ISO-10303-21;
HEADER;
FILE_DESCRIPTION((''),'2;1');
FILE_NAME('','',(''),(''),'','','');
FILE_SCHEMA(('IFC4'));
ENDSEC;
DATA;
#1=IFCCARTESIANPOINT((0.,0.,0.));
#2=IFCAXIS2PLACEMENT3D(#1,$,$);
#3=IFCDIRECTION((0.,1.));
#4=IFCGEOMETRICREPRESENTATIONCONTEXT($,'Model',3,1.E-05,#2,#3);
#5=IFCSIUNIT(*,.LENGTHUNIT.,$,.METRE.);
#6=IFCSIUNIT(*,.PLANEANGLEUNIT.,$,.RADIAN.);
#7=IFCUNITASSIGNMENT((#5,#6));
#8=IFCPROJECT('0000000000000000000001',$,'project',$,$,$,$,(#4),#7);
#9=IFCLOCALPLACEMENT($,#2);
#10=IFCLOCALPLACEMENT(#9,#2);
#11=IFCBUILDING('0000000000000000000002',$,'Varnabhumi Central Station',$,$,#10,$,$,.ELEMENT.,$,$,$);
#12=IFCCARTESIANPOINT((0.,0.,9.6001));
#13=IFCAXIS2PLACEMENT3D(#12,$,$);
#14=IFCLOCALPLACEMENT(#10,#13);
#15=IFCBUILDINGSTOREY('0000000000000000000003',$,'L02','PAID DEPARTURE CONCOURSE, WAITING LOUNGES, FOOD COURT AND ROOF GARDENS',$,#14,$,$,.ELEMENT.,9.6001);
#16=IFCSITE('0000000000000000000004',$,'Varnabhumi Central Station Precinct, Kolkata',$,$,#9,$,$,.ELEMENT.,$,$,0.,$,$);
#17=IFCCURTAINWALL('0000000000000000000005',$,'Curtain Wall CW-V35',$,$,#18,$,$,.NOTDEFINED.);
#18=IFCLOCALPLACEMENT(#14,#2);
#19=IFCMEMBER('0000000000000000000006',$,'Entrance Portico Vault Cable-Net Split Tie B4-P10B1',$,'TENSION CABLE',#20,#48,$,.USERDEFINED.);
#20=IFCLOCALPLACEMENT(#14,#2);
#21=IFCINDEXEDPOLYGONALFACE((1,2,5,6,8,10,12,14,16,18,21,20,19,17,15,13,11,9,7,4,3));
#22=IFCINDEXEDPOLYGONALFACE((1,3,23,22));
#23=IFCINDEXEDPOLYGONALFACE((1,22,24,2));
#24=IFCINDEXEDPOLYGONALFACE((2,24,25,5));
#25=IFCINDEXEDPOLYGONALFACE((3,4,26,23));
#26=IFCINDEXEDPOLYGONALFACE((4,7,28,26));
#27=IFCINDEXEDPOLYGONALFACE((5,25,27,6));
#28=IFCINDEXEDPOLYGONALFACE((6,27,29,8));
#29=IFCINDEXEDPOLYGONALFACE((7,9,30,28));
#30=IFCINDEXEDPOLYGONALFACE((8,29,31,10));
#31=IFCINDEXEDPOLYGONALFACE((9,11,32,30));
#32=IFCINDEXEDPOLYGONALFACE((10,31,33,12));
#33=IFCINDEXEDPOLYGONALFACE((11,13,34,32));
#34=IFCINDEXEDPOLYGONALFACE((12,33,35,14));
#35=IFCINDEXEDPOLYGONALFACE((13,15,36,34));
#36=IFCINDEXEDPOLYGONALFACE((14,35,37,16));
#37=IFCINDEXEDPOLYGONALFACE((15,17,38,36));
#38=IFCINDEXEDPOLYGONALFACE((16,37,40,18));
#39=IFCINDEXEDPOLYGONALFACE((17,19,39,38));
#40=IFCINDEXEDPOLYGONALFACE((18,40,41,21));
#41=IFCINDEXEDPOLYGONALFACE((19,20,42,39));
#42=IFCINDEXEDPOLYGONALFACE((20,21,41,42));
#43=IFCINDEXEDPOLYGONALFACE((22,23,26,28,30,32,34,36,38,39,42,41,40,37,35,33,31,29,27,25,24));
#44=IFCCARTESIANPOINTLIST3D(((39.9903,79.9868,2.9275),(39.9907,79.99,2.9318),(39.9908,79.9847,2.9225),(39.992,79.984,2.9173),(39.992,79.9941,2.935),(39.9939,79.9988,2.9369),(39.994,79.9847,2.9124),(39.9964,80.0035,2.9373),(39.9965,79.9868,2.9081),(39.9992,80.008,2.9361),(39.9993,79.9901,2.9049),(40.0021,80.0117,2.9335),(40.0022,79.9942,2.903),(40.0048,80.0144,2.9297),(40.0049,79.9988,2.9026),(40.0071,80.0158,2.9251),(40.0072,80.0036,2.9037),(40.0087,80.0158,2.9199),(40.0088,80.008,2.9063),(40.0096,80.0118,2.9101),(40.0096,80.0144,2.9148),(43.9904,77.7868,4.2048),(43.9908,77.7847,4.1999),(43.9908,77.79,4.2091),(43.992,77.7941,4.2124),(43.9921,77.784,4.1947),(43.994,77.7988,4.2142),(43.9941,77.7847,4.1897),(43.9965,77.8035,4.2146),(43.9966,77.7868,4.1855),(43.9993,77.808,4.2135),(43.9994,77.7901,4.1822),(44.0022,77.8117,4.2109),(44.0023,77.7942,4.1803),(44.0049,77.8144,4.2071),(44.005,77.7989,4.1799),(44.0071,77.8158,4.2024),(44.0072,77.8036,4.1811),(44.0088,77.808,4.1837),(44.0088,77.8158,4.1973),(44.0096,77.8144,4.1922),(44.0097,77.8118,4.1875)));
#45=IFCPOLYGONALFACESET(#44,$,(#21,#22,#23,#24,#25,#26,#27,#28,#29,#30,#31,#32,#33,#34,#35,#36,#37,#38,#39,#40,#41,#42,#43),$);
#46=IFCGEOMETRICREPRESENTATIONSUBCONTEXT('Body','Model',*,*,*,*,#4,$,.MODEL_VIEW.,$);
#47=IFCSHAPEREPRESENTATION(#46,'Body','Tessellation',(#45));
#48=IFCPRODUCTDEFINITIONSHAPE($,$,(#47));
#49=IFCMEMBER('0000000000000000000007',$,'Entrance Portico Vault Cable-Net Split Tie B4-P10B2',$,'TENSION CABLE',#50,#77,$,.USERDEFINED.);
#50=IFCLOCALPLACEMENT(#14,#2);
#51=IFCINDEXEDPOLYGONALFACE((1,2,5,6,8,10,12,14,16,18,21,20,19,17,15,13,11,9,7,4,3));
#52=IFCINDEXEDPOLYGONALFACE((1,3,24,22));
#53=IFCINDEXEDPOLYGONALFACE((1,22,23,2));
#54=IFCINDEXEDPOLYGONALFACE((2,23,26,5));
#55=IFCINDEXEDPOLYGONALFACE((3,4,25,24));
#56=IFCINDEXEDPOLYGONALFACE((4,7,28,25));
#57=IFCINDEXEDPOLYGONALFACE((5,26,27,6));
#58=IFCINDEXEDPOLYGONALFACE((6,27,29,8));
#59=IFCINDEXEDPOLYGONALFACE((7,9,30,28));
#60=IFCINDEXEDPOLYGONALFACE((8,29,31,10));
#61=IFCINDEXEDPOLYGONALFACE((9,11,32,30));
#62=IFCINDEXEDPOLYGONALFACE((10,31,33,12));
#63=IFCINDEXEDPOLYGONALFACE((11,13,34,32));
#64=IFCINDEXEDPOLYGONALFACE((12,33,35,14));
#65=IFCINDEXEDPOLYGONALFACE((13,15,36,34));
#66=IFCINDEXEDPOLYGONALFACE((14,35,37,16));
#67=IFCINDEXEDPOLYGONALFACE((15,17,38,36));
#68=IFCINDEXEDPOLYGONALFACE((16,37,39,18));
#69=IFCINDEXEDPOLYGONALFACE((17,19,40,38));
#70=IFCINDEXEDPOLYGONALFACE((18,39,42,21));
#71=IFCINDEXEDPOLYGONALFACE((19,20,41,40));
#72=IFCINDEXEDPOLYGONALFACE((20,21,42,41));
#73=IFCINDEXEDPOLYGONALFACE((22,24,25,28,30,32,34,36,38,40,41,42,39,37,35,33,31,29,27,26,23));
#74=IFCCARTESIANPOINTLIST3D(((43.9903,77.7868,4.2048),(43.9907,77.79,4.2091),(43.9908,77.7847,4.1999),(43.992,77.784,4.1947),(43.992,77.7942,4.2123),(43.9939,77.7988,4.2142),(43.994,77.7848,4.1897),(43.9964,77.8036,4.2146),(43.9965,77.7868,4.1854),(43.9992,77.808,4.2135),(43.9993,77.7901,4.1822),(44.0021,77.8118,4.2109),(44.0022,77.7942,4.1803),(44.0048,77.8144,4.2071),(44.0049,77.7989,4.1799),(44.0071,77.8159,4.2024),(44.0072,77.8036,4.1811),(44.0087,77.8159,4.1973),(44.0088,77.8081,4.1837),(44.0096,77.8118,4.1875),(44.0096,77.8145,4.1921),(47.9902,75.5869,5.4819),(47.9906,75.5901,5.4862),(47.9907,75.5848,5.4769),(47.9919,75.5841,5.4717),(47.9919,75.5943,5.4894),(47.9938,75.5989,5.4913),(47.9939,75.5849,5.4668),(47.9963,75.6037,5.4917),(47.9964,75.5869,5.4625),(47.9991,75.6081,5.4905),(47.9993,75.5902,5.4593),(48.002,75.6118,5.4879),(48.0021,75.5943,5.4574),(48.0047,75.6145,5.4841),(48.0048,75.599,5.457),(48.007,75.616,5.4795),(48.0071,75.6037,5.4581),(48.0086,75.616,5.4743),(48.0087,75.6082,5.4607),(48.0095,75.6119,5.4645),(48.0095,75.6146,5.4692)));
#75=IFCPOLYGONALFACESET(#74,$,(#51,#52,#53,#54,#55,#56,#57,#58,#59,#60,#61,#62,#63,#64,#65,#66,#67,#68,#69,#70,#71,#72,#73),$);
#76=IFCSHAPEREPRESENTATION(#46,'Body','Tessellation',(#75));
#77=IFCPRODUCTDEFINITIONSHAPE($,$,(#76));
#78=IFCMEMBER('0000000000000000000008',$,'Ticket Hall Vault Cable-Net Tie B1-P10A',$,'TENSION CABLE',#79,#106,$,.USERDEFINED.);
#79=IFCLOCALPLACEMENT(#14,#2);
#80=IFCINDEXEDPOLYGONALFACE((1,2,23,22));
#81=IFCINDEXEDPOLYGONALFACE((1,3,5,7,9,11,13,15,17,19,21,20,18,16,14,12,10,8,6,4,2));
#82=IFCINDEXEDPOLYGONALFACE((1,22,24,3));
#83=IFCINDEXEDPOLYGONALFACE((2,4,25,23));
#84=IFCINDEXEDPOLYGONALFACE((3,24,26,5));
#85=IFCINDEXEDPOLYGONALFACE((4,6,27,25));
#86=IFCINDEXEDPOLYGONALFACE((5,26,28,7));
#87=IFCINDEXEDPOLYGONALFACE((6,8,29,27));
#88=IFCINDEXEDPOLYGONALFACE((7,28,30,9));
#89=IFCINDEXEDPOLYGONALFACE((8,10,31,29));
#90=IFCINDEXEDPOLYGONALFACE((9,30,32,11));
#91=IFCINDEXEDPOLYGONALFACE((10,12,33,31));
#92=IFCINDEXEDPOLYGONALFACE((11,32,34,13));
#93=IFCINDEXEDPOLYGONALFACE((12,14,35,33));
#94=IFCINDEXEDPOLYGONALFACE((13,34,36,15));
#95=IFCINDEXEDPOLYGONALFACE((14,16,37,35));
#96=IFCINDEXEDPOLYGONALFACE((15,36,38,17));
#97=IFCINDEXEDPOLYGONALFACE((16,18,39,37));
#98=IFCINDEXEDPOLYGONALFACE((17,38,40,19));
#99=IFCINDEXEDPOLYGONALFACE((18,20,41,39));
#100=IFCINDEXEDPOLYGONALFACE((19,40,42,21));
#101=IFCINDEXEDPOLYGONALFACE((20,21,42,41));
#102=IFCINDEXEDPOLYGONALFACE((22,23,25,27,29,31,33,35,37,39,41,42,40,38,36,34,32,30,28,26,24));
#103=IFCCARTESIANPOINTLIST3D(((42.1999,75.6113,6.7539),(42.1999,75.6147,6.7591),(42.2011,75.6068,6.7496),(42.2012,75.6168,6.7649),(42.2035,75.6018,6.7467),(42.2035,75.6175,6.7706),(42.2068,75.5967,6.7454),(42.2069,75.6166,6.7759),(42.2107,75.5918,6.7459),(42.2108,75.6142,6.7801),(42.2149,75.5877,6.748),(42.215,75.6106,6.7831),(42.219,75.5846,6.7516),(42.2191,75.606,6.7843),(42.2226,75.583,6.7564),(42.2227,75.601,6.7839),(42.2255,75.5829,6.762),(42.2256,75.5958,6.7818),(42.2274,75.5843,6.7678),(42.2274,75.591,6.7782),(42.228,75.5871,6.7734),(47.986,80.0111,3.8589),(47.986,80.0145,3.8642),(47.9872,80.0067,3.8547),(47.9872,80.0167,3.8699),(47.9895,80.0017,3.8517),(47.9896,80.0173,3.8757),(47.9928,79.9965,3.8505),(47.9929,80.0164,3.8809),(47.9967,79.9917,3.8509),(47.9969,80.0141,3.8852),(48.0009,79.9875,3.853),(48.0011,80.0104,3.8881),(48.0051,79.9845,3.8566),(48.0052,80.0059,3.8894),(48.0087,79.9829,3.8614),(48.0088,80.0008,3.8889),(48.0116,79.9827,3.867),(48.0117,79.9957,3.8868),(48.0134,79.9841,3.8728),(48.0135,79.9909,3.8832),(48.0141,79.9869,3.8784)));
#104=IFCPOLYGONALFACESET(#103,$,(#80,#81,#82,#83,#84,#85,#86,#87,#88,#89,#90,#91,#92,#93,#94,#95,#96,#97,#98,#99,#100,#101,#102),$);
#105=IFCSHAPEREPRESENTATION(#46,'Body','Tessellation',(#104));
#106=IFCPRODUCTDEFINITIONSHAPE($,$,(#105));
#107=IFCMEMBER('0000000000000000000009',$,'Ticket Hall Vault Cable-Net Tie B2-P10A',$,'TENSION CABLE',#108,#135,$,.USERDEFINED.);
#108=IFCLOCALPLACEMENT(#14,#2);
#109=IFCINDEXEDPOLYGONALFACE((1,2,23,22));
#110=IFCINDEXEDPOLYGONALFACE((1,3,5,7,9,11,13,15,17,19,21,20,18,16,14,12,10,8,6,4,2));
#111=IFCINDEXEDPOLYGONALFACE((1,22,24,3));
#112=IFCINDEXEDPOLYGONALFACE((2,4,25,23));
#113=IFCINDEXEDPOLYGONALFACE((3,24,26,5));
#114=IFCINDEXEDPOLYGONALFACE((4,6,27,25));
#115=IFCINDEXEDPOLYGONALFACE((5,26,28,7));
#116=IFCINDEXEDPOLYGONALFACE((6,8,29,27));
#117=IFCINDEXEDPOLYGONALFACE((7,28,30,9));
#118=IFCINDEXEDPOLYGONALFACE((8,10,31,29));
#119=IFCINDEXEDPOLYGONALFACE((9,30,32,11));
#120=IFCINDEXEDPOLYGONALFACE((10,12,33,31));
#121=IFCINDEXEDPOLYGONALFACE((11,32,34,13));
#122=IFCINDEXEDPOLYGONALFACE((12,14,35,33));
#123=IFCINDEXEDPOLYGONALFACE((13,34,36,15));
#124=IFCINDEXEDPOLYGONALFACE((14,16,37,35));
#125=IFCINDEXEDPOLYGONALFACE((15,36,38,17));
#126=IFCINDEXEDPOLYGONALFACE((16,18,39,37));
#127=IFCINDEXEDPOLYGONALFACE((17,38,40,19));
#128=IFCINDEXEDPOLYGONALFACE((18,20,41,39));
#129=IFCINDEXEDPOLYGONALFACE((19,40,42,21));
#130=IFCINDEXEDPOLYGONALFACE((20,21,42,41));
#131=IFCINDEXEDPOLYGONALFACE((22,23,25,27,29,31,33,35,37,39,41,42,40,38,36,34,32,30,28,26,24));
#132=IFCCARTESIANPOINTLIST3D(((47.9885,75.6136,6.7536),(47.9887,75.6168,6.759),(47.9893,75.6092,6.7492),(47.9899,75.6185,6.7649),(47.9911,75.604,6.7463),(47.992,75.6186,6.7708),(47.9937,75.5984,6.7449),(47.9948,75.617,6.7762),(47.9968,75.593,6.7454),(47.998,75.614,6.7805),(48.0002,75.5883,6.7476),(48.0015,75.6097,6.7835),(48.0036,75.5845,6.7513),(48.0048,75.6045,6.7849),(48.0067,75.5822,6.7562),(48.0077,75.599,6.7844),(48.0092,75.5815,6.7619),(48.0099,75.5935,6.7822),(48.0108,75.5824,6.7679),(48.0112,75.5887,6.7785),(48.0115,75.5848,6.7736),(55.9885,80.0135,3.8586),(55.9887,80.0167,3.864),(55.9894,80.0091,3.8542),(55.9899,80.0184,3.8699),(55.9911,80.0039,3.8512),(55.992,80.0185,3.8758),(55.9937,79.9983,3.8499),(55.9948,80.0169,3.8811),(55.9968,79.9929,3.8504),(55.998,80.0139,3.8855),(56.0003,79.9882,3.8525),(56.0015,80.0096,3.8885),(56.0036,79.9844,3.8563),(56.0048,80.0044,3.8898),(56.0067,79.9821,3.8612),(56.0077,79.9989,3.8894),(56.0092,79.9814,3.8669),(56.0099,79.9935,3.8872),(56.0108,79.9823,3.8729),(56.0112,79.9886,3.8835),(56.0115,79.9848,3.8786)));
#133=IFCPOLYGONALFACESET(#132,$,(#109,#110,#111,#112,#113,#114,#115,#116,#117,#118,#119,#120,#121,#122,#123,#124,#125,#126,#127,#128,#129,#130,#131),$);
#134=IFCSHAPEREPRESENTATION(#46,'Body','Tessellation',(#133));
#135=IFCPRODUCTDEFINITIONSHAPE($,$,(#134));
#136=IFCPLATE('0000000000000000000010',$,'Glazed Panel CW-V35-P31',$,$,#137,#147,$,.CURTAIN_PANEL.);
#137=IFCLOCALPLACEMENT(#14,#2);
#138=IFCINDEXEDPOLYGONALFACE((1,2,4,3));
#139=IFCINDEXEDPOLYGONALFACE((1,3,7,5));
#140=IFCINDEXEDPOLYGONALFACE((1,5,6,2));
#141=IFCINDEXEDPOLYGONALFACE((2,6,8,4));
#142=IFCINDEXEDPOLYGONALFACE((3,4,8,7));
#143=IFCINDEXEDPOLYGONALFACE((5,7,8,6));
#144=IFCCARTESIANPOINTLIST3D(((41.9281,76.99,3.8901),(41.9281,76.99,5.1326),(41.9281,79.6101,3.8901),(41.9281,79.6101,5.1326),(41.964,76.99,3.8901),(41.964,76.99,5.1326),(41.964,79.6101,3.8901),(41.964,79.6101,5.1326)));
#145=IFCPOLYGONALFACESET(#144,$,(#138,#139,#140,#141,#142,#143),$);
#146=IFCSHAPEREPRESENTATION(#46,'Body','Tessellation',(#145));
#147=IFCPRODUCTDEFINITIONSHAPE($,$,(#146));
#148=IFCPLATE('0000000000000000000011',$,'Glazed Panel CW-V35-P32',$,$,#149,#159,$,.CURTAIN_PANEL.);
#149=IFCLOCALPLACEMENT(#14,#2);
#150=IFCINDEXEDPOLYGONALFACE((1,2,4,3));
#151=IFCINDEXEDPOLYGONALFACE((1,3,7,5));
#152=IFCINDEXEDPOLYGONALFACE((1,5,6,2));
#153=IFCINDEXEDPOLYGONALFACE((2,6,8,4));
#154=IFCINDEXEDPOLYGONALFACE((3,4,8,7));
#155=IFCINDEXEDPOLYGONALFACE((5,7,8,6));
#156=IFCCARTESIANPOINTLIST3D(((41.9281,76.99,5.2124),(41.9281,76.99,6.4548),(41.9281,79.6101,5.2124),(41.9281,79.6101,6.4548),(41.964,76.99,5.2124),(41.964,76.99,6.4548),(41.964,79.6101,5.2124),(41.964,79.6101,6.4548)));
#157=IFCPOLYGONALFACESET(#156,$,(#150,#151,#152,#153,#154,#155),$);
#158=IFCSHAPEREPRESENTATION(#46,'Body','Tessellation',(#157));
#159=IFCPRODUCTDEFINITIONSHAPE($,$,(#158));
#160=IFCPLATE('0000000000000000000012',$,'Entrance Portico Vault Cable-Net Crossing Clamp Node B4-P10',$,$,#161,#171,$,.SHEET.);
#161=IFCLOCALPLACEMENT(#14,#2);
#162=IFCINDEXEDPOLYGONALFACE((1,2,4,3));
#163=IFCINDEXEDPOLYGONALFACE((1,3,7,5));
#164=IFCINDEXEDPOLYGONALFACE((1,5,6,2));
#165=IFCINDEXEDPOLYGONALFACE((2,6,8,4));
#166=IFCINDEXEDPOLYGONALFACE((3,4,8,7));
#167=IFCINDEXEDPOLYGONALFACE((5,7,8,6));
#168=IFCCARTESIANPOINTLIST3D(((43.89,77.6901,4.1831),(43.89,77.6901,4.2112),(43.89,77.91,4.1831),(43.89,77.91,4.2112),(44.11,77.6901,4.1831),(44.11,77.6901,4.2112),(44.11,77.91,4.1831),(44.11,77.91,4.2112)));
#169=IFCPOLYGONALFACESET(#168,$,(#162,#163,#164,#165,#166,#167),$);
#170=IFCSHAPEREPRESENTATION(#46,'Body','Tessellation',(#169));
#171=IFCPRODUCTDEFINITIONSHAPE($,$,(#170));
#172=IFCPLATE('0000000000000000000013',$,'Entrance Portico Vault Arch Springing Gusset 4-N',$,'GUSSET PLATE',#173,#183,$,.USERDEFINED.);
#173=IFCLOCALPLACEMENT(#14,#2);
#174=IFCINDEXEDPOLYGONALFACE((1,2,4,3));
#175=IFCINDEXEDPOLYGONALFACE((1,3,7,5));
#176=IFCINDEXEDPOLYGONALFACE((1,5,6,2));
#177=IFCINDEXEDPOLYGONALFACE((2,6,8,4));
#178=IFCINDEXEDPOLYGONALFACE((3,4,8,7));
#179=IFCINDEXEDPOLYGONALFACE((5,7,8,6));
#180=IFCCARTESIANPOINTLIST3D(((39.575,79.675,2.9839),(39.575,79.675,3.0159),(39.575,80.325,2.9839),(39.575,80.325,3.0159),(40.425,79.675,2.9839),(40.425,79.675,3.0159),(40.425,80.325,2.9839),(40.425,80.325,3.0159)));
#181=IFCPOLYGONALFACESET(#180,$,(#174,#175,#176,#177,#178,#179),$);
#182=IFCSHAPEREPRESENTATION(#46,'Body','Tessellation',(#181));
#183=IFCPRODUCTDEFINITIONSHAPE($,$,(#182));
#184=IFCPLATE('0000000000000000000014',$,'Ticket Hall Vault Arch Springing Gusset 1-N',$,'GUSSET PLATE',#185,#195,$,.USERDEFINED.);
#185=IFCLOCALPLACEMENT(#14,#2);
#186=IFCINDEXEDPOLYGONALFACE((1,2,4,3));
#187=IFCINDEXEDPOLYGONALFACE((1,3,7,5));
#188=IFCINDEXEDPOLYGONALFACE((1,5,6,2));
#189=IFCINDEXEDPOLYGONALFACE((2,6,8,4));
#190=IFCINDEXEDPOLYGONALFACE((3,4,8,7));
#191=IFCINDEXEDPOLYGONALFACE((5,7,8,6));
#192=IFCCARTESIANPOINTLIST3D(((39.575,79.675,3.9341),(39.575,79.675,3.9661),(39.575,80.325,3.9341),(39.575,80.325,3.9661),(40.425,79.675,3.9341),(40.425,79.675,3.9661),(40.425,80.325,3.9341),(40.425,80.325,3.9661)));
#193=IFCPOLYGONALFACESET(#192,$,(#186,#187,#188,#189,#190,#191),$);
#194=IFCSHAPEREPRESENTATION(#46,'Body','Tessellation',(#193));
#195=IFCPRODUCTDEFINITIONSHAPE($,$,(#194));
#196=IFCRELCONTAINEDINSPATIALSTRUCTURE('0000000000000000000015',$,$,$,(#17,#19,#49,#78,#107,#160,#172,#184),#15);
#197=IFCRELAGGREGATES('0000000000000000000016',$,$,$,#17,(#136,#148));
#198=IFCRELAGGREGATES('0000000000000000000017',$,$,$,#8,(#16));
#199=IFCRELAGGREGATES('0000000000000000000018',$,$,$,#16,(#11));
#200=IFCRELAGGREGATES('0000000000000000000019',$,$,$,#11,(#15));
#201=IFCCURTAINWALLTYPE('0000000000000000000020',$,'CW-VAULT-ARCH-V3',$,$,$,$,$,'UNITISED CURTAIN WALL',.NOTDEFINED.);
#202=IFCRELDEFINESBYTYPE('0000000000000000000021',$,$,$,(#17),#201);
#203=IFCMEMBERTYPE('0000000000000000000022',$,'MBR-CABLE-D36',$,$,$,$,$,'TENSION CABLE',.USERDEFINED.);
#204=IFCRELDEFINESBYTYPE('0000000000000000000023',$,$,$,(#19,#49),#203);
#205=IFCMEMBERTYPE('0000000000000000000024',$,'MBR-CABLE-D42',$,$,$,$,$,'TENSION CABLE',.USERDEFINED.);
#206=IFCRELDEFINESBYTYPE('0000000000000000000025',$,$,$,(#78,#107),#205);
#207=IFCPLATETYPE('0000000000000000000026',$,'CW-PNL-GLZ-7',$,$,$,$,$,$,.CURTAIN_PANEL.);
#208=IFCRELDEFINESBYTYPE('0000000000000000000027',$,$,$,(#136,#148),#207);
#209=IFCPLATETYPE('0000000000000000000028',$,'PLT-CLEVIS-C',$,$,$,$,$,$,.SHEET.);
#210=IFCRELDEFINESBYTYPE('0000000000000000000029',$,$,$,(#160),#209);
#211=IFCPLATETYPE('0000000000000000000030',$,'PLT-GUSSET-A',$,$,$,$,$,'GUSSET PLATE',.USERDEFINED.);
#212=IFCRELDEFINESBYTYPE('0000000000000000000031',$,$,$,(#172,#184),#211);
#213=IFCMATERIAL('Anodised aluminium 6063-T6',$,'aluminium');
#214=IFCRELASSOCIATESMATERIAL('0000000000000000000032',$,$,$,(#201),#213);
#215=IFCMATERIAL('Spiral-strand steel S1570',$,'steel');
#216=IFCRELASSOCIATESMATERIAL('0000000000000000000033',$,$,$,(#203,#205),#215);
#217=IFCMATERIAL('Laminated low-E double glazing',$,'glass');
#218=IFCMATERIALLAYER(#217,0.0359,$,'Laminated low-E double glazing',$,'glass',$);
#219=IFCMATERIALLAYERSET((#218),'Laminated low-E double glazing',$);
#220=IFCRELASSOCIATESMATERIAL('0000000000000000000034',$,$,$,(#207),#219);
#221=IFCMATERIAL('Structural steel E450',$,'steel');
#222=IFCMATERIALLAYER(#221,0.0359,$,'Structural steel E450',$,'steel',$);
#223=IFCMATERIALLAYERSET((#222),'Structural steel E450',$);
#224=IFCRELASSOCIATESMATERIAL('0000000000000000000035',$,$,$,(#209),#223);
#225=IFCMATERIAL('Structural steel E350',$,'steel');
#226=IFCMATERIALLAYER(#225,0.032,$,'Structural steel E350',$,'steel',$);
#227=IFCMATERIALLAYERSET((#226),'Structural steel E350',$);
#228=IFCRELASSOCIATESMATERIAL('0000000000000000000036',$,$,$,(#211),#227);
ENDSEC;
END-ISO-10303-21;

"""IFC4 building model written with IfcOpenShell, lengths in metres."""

from ifc_helpers import new_model, si_unit, direction, frame, origin, origin_2d, place, context, subcontext, project, spatial, rectangle, circle, extrude, material, layer, layer_set, material_profile, profile_set, type_object, element, aggregate, save


model = new_model("IFC4")

# Units and contexts
model_context = context("Model", 3, precision=1e-05, world=origin(), true_north=direction((0.0, 1.0)))
body_context = subcontext(model_context, "Body", "Model", "MODEL_VIEW")
ifc_project = project(units=[si_unit("LENGTHUNIT", "METRE"), si_unit("PLANEANGLEUNIT", "RADIAN")], contexts=[model_context])

# Site, building, storey
site_placement = place(None, origin())
site = spatial("IfcSite", under=ifc_project, at=site_placement, Name="Varnabhumi Central Station Precinct, Kolkata", CompositionType="ELEMENT", RefElevation=0.0)
building_placement = place(site_placement, origin())
building = spatial("IfcBuilding", under=site, at=building_placement, Name="Varnabhumi Central Station", CompositionType="ELEMENT")
storey_placement = place(building_placement, frame((0.0, 0.0, 9.6001)))
storey = spatial("IfcBuildingStorey", under=building, at=storey_placement, Name="L02", Description="PAID DEPARTURE CONCOURSE, WAITING LOUNGES, FOOD COURT AND ROOF GARDENS", CompositionType="ELEMENT", Elevation=9.6001)

# Shared definitions
ifc_material_1 = material(Name="Structural steel E350", Category="steel")
ifc_material_2 = material(Name="Structural steel E450", Category="steel")

# Shared definitions
ifc_material_3 = material(Name="Anodised aluminium 6063-T6", Category="aluminium")

# Curtain wall
curtain_wall_type_1 = type_object("IfcCurtainWallType", Name="CW-VAULT-ARCH-V3", ElementType="UNITISED CURTAIN WALL", PredefinedType="NOTDEFINED", material=ifc_material_3)
curtain_wall_1_placement = place(storey_placement, origin())
curtain_wall_1 = element("IfcCurtainWall", 1, at=curtain_wall_1_placement, inside=storey, type_object=curtain_wall_type_1, Name="Curtain Wall CW-V35", PredefinedType="NOTDEFINED")

# Members
ifc_material_4 = material(Name="Spiral-strand steel S1570", Category="steel")
ifc_material_profile_1 = material_profile(ifc_material_4, circle(Radius=0.0181, at=origin_2d()), Name="Spiral-strand steel S1570", Category="steel")
ifc_profile_set_1 = profile_set([ifc_material_profile_1], Name="Spiral-strand steel S1570")
member_type_1 = type_object("IfcMemberType", Name="MBR-CABLE-D36", ElementType="TENSION CABLE", PredefinedType="USERDEFINED", material=ifc_profile_set_1)
member_1_placement = place(storey_placement, frame((40.0, 80.0, 2.9199), z_axis=(0.843811, -0.464086, 0.269459), x_axis=(0.481911, 0.87622, 0.0)))
element("IfcMember", 2, at=member_1_placement, inside=storey, type_object=member_type_1, Name="Entrance Portico Vault Cable-Net Split Tie B4-P10B1", ObjectType="TENSION CABLE", PredefinedType="USERDEFINED", context=body_context, shape_type="SweptSolid", body=[
    extrude(circle(Radius=0.0181, at=origin_2d()), origin(), (0.0, 0.0, 1.0), 4.7405),
])
member_2_placement = place(storey_placement, frame((44.0, 77.8, 4.1973), z_axis=(0.843822, -0.464092, 0.269411), x_axis=(0.481911, 0.87622, 0.0)))
element("IfcMember", 3, at=member_2_placement, inside=storey, type_object=member_type_1, Name="Entrance Portico Vault Cable-Net Split Tie B4-P10B2", ObjectType="TENSION CABLE", PredefinedType="USERDEFINED", context=body_context, shape_type="SweptSolid", body=[
    extrude(circle(Radius=0.0181, at=origin_2d()), origin(), (0.0, 0.0, 1.0), 4.7402),
])
ifc_material_profile_2 = material_profile(ifc_material_4, circle(Radius=0.021, at=origin_2d()), Name="Spiral-strand steel S1570", Category="steel")
ifc_profile_set_2 = profile_set([ifc_material_profile_2], Name="Spiral-strand steel S1570")
member_type_2 = type_object("IfcMemberType", Name="MBR-CABLE-D42", ElementType="TENSION CABLE", PredefinedType="USERDEFINED", material=ifc_profile_set_2)
member_3_placement = place(storey_placement, frame((42.2139, 75.6001, 6.7649), z_axis=(0.739508, 0.562338, -0.370004), x_axis=(-0.605296, 0.796, 0.0)))
element("IfcMember", 4, at=member_3_placement, inside=storey, type_object=member_type_2, Name="Ticket Hall Vault Cable-Net Tie B1-P10A", ObjectType="TENSION CABLE", PredefinedType="USERDEFINED", context=body_context, shape_type="SweptSolid", body=[
    extrude(circle(Radius=0.021, at=origin_2d()), origin(), (0.0, 0.0, 1.0), 7.8242),
])
member_4_placement = place(storey_placement, frame((48.0, 75.6001, 6.7649), z_axis=(0.835237, 0.45937, -0.302254), x_axis=(-0.481911, 0.87622, 0.0)))
element("IfcMember", 5, at=member_4_placement, inside=storey, type_object=member_type_2, Name="Ticket Hall Vault Cable-Net Tie B2-P10A", ObjectType="TENSION CABLE", PredefinedType="USERDEFINED", context=body_context, shape_type="SweptSolid", body=[
    extrude(circle(Radius=0.021, at=origin_2d()), origin(), (0.0, 0.0, 1.0), 9.5781),
])

# Plates
ifc_material_5 = material(Name="Laminated low-E double glazing", Category="glass")
ifc_layer_1 = layer(ifc_material_5, 0.0359, Name="Laminated low-E double glazing", Category="glass")
ifc_layer_set_1 = layer_set([ifc_layer_1], Name="Laminated low-E double glazing")
plate_type_1 = type_object("IfcPlateType", Name="CW-PNL-GLZ-7", PredefinedType="CURTAIN_PANEL", material=ifc_layer_set_1)
plate_1_placement = place(storey_placement, frame((41.946, 78.3, 3.8901), z_axis=(0.0, 0.0, 1.0), x_axis=(0.0, 1.0, 0.0)))
plate_1 = element("IfcPlate", 6, at=plate_1_placement, type_object=plate_type_1, Name="Glazed Panel CW-V35-P31", PredefinedType="CURTAIN_PANEL", context=body_context, shape_type="SweptSolid", body=[
    extrude(rectangle(XDim=2.6201, YDim=0.0359, at=origin_2d()), origin(), (0.0, 0.0, 1.0), 1.2424),
])
plate_2_placement = place(storey_placement, frame((41.946, 78.3, 5.2124), z_axis=(0.0, 0.0, 1.0), x_axis=(0.0, 1.0, 0.0)))
plate_2 = element("IfcPlate", 7, at=plate_2_placement, type_object=plate_type_1, Name="Glazed Panel CW-V35-P32", PredefinedType="CURTAIN_PANEL", context=body_context, shape_type="SweptSolid", body=[
    extrude(rectangle(XDim=2.6201, YDim=0.0359, at=origin_2d()), origin(), (0.0, 0.0, 1.0), 1.2424),
])
aggregate(curtain_wall_1, [plate_1, plate_2])

# Plates
ifc_layer_2 = layer(ifc_material_2, 0.0359, Name="Structural steel E450", Category="steel")
ifc_layer_set_2 = layer_set([ifc_layer_2], Name="Structural steel E450")
plate_type_2 = type_object("IfcPlateType", Name="PLT-CLEVIS-C", PredefinedType="SHEET", material=ifc_layer_set_2)
plate_3_placement = place(storey_placement, frame((44.0, 77.8, 4.1831), z_axis=(0.0, 0.0, 1.0), x_axis=(1.0, 0.0, 0.0)))
element("IfcPlate", 8, at=plate_3_placement, inside=storey, type_object=plate_type_2, Name="Entrance Portico Vault Cable-Net Crossing Clamp Node B4-P10", PredefinedType="SHEET", context=body_context, shape_type="SweptSolid", body=[
    extrude(rectangle(XDim=0.22, YDim=0.22, at=origin_2d()), origin(), (0.0, 0.0, 1.0), 0.0281),
])
ifc_layer_3 = layer(ifc_material_1, 0.032, Name="Structural steel E350", Category="steel")
ifc_layer_set_3 = layer_set([ifc_layer_3], Name="Structural steel E350")
plate_type_3 = type_object("IfcPlateType", Name="PLT-GUSSET-A", ElementType="GUSSET PLATE", PredefinedType="USERDEFINED", material=ifc_layer_set_3)
for number, where, z_axis, x_axis, name in (
    (9, (40.0, 80.0, 2.9839), (0.0, 0.0, 1.0), (1.0, 0.0, 0.0), "Entrance Portico Vault Arch Springing Gusset 4-N"),
    (10, (40.0, 80.0, 3.9341), (0.0, 0.0, 1.0), (1.0, 0.0, 0.0), "Ticket Hall Vault Arch Springing Gusset 1-N"),
):
    element("IfcPlate", number, at=place(storey_placement, frame(where, z_axis=z_axis, x_axis=x_axis)), inside=storey, type_object=plate_type_3, Name=name, ObjectType="GUSSET PLATE", PredefinedType="USERDEFINED", context=body_context, shape_type="SweptSolid", body=[
        extrude(rectangle(XDim=0.8501, YDim=0.6499, at=origin_2d()), origin(), (0.0, 0.0, 1.0), 0.032),
    ])

save(model, "model.ifc")
